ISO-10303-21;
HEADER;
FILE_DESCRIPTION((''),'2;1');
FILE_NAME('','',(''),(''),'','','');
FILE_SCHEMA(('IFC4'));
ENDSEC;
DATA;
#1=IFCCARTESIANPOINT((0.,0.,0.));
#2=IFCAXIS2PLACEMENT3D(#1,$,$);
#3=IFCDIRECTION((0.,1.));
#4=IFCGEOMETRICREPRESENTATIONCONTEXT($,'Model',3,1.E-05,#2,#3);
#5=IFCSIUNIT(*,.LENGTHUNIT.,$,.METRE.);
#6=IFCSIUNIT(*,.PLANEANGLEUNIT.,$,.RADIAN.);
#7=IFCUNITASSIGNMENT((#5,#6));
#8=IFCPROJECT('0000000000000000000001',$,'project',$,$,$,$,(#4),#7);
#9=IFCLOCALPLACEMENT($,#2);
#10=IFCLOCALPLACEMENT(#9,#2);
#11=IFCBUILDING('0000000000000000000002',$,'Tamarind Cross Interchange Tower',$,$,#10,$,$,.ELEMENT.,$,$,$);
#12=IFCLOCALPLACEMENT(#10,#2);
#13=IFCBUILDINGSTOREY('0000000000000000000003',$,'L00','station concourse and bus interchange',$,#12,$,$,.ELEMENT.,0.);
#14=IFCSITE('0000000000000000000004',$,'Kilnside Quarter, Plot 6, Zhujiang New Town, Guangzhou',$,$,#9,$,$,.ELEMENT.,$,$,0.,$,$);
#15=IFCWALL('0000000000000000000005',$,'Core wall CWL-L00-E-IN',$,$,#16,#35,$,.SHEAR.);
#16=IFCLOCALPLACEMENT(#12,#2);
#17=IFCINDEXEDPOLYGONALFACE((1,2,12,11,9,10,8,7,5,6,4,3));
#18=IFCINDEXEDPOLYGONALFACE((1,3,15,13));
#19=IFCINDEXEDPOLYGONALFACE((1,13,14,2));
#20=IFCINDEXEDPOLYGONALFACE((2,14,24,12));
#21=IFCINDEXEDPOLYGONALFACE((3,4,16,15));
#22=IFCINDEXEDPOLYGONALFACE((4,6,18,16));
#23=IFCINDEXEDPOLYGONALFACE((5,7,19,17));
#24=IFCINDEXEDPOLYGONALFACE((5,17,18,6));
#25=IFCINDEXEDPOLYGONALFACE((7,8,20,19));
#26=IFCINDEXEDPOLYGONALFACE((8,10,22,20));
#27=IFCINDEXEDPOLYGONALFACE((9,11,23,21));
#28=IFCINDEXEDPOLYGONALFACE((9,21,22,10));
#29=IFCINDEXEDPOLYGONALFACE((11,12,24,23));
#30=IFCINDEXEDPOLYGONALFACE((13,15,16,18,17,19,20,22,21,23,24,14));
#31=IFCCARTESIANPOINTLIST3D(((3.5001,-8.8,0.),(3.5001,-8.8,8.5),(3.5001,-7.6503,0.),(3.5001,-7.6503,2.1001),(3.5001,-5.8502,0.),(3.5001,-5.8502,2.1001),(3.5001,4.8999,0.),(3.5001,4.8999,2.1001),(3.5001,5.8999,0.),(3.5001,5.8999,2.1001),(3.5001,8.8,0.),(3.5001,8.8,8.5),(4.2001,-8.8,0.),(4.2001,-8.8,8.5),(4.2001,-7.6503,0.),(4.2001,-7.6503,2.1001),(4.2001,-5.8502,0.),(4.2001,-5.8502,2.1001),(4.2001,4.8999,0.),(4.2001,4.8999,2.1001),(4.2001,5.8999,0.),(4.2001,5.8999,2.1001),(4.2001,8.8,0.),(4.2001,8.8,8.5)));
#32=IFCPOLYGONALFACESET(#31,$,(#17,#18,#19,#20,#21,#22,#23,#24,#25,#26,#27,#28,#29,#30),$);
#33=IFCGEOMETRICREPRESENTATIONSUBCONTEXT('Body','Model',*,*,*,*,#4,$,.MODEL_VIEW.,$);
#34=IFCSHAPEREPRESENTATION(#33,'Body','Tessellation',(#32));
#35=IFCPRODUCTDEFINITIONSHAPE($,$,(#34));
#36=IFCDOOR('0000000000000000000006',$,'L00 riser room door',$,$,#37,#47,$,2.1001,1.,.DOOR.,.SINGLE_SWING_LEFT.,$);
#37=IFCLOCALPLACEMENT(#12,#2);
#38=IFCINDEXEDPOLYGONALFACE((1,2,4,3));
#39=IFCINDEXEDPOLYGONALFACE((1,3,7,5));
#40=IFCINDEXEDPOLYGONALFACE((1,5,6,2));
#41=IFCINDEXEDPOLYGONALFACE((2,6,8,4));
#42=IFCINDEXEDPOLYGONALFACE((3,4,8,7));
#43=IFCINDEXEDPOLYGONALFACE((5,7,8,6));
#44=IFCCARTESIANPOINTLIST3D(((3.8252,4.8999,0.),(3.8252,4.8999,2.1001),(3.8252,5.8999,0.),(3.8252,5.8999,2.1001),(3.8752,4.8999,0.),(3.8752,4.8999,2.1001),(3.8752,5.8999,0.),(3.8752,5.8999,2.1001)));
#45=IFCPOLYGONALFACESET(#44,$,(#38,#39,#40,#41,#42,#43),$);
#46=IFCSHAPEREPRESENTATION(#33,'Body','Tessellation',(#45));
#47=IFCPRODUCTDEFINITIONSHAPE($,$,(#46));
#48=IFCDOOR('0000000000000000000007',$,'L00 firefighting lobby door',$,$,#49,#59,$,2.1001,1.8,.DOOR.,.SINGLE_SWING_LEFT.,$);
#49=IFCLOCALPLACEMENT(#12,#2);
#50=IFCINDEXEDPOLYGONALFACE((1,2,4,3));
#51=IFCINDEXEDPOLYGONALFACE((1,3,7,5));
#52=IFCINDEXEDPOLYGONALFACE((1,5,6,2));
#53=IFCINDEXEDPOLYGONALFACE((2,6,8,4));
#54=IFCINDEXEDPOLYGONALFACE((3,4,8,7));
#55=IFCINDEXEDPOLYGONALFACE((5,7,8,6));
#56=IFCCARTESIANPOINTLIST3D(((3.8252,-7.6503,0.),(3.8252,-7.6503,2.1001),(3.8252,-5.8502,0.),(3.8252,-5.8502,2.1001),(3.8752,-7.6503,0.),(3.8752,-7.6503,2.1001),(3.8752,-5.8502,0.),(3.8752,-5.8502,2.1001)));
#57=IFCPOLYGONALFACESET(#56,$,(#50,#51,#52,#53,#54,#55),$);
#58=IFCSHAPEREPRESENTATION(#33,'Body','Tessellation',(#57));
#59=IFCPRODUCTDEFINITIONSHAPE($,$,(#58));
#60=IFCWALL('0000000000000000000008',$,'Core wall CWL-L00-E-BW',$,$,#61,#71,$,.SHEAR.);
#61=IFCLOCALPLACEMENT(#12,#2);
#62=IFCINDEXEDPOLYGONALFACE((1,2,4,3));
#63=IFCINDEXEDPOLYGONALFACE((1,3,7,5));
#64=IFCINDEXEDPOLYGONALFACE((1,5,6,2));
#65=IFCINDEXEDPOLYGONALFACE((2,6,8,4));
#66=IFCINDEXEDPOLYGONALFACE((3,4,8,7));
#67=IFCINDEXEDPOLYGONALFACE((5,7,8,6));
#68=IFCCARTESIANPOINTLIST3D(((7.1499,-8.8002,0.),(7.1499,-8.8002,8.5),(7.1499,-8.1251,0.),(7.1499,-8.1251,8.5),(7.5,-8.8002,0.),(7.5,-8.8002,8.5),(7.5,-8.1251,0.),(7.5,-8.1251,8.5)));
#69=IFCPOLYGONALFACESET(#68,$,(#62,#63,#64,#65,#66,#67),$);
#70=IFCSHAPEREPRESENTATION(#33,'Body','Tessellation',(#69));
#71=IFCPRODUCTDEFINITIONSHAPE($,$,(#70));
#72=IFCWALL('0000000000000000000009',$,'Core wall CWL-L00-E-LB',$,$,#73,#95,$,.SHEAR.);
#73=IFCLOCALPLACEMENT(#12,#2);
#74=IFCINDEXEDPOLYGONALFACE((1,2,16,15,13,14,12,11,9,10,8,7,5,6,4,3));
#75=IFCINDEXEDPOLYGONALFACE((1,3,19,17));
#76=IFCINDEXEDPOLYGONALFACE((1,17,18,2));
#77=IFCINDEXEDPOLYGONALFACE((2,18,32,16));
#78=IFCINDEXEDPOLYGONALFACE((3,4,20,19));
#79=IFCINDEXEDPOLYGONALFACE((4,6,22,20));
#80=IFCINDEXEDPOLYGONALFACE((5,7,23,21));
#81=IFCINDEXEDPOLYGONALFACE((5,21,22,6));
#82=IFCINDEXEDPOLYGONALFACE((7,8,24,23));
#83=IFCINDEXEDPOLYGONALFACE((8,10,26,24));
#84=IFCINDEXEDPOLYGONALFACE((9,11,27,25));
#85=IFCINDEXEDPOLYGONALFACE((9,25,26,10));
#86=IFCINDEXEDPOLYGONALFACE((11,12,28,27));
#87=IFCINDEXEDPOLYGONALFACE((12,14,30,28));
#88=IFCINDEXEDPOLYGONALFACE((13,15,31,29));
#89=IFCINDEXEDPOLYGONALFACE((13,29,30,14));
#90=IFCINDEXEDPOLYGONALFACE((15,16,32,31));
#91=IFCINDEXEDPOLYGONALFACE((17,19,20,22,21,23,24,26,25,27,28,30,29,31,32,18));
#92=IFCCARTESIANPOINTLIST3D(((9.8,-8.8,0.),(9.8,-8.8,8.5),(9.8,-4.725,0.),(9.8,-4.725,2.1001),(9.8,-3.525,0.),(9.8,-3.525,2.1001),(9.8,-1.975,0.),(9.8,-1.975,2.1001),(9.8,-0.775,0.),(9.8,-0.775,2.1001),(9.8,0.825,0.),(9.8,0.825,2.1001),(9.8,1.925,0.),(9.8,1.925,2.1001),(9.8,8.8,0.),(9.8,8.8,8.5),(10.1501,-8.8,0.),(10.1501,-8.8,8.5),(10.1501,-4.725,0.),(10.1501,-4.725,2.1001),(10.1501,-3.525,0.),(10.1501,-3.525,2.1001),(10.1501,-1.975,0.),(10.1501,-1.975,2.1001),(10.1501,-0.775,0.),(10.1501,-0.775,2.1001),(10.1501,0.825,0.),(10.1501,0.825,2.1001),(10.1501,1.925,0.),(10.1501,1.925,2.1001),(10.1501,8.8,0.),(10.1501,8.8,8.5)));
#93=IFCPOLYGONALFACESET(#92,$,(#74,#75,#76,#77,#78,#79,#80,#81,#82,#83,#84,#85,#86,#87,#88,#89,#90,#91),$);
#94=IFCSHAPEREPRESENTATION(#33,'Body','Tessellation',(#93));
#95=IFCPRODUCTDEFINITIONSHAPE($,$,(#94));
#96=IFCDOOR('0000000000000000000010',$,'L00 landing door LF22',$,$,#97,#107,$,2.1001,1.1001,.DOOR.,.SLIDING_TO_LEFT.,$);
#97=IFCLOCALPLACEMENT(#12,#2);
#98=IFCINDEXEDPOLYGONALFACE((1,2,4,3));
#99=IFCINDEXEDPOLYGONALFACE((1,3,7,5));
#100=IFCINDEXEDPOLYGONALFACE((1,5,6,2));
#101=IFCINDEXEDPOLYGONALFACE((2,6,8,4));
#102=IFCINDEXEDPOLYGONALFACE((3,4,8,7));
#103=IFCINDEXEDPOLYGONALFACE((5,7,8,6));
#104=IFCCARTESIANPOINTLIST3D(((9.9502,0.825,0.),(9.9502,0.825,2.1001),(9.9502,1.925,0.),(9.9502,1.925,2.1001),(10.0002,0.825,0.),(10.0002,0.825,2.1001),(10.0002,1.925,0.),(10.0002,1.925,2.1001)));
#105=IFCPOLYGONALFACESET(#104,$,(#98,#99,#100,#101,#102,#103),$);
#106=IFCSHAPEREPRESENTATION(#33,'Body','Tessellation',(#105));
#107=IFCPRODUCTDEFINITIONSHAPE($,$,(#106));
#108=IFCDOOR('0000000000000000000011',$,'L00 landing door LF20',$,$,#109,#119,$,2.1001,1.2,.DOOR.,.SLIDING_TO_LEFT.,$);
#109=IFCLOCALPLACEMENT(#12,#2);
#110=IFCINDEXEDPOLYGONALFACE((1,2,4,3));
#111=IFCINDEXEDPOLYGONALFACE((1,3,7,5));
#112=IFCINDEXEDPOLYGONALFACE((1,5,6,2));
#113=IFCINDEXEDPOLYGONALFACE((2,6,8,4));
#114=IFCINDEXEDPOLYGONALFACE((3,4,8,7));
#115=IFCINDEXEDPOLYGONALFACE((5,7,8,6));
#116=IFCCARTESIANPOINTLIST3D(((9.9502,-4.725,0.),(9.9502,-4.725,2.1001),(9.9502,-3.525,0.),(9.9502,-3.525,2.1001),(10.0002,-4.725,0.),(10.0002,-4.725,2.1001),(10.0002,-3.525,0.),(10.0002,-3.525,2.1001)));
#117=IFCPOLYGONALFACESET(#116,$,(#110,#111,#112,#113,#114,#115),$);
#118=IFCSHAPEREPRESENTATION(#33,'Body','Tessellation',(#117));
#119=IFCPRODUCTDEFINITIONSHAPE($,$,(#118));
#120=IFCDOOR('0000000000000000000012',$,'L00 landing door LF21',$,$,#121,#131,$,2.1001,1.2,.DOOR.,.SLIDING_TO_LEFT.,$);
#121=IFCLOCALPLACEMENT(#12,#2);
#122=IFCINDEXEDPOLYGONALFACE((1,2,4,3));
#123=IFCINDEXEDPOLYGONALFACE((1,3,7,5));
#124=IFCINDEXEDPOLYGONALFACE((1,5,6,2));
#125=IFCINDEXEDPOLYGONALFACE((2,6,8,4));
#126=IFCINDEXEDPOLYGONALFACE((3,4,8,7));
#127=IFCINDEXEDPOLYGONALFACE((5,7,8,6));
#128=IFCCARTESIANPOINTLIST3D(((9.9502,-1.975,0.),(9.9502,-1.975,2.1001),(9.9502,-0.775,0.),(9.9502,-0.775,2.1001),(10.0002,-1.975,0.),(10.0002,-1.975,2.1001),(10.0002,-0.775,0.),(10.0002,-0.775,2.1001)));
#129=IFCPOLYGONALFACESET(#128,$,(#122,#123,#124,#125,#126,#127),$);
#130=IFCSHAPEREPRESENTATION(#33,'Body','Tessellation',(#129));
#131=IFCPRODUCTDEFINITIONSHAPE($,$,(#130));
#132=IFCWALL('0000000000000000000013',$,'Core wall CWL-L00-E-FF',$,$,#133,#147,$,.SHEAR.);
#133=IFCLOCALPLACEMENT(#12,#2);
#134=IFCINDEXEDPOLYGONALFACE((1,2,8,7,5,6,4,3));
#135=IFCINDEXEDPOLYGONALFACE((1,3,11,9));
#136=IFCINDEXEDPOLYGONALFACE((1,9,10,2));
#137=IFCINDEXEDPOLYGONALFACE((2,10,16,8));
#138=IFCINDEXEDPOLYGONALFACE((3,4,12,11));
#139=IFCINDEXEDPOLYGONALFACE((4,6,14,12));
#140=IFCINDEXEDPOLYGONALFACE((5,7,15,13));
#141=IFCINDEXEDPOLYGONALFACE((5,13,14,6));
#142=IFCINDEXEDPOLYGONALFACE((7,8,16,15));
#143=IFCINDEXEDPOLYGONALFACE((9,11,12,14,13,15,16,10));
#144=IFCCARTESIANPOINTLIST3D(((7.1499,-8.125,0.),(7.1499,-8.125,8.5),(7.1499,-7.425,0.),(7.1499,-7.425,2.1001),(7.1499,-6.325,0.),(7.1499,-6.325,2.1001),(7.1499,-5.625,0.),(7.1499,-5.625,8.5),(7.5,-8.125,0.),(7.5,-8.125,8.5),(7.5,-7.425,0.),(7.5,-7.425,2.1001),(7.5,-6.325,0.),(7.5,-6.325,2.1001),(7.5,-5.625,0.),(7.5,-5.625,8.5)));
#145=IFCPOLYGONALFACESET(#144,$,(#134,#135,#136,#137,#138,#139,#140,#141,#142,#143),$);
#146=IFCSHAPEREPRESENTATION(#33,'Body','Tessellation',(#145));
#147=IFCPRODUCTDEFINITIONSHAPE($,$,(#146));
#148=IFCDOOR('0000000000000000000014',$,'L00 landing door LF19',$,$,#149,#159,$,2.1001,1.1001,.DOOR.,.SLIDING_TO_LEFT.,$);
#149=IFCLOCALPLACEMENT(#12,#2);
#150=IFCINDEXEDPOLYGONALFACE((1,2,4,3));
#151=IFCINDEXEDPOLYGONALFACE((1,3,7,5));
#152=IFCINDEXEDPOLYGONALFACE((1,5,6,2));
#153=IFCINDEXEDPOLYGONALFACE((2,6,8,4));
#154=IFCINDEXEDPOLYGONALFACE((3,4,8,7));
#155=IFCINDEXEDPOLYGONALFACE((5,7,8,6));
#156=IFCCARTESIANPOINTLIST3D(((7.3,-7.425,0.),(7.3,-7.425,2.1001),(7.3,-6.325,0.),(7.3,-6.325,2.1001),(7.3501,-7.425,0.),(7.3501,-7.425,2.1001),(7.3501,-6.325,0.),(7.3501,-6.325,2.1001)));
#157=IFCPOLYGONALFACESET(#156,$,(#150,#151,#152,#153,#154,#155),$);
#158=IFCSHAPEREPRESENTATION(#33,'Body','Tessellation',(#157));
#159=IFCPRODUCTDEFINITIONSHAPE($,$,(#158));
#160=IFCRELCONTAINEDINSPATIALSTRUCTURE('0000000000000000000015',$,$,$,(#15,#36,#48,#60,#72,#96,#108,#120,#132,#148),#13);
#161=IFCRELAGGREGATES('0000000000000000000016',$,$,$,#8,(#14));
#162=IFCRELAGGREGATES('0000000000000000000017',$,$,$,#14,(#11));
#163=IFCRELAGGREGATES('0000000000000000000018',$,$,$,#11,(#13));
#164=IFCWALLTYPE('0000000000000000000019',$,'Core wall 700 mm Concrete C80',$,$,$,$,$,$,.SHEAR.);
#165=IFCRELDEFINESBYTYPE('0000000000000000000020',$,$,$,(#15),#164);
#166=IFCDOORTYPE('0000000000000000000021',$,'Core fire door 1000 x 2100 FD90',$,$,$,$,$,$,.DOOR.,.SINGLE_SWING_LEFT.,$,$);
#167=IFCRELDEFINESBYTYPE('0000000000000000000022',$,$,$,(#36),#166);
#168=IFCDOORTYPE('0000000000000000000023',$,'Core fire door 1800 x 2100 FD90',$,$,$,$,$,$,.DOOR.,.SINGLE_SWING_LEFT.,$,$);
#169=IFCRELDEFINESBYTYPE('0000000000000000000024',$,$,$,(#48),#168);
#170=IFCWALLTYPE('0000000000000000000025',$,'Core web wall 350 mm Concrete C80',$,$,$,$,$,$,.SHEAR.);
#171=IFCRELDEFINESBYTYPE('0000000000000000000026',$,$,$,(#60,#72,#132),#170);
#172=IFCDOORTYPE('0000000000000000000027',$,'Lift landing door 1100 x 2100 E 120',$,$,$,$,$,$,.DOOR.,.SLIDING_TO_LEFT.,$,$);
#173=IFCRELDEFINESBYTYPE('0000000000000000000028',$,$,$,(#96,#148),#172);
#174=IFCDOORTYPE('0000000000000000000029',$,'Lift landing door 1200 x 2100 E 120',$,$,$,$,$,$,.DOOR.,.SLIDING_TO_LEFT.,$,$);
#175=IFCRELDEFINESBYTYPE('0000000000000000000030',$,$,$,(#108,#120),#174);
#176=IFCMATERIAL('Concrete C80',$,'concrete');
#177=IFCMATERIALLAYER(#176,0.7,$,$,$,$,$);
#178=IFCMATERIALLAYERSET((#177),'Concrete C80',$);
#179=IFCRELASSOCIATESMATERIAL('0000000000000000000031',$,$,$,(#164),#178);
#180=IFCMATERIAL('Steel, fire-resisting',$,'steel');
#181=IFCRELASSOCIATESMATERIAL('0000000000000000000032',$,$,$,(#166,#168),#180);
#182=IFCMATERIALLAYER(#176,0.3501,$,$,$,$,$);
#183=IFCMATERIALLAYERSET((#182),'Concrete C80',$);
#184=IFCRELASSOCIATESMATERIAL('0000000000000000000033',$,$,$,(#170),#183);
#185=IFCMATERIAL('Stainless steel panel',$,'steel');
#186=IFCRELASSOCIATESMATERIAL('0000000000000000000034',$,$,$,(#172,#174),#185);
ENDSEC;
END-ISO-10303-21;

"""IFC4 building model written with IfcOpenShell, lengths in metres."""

from ifc_helpers import new_model, si_unit, direction, frame, frame_2d, origin, place, context, subcontext, project, spatial, rectangle, extrude, material, layer, layer_set, type_object, element, fill, save


model = new_model("IFC4")

# Units and contexts
model_context = context("Model", 3, precision=1e-05, world=origin(), true_north=direction((0.0, 1.0)))
body_context = subcontext(model_context, "Body", "Model", "MODEL_VIEW")
ifc_project = project(units=[si_unit("LENGTHUNIT", "METRE"), si_unit("PLANEANGLEUNIT", "RADIAN")], contexts=[model_context])

# Site, building, storey
site_placement = place(None, origin())
site = spatial("IfcSite", under=ifc_project, at=site_placement, Name="Kilnside Quarter, Plot 6, Zhujiang New Town, Guangzhou", CompositionType="ELEMENT", RefElevation=0.0)
building_placement = place(site_placement, origin())
building = spatial("IfcBuilding", under=site, at=building_placement, Name="Tamarind Cross Interchange Tower", CompositionType="ELEMENT")
storey_placement = place(building_placement, origin())
storey = spatial("IfcBuildingStorey", under=building, at=storey_placement, Name="L00", Description="station concourse and bus interchange", CompositionType="ELEMENT", Elevation=0.0)

# Wall, openings, doors
ifc_material_1 = material(Name="Concrete C80", Category="concrete")
ifc_layer_1 = layer(ifc_material_1, 0.7)
ifc_layer_set_1 = layer_set([ifc_layer_1], Name="Concrete C80")
wall_type_1 = type_object("IfcWallType", Name="Core wall 700 mm Concrete C80", PredefinedType="SHEAR", material=ifc_layer_set_1)
wall_1_placement = place(storey_placement, frame((3.8501, -8.8, 0.0), z_axis=(0.0, 0.0, 1.0), x_axis=(0.0, 1.0, 0.0)))
wall_1 = element("IfcWall", 1, at=wall_1_placement, inside=storey, type_object=wall_type_1, Name="Core wall CWL-L00-E-IN", PredefinedType="SHEAR", context=body_context, shape_type="SweptSolid", body=[
    extrude(rectangle(XDim=17.6001, YDim=0.7, at=frame_2d((8.8, 0.0))), origin(), (0.0, 0.0, 1.0), 8.5),
])
opening_1_placement = place(wall_1_placement, frame((1.1499, 0.0, 0.0)))
opening_1 = element("IfcOpeningElement", 2, at=opening_1_placement, cuts=wall_1, PredefinedType="OPENING", context=body_context, shape_type="SweptSolid", body=[
    extrude(rectangle(XDim=1.8, YDim=2.1001, at=frame_2d((0.8999, 1.05))), frame((0.0, 0.3599, 0.0), z_axis=(0.0, -1.0, 0.0), x_axis=(1.0, 0.0, 0.0)), (0.0, 0.0, 1.0), 0.72),
])
opening_2_placement = place(wall_1_placement, frame((13.7, 0.0, 0.0)))
opening_2 = element("IfcOpeningElement", 3, at=opening_2_placement, cuts=wall_1, PredefinedType="OPENING", context=body_context, shape_type="SweptSolid", body=[
    extrude(rectangle(XDim=1.0, YDim=2.1001, at=frame_2d((0.5, 1.05))), frame((0.0, 0.3599, 0.0), z_axis=(0.0, -1.0, 0.0), x_axis=(1.0, 0.0, 0.0)), (0.0, 0.0, 1.0), 0.72),
])
ifc_material_2 = material(Name="Steel, fire-resisting", Category="steel")
door_type_1 = type_object("IfcDoorType", Name="Core fire door 1000 x 2100 FD90", OperationType="SINGLE_SWING_LEFT", PredefinedType="DOOR", material=ifc_material_2)
door_1_placement = place(opening_2_placement, origin())
door_1 = element("IfcDoor", 4, at=door_1_placement, inside=storey, type_object=door_type_1, Name="L00 riser room door", OperationType="SINGLE_SWING_LEFT", OverallHeight=2.1001, OverallWidth=1.0, PredefinedType="DOOR", context=body_context, shape_type="SweptSolid", body=[
    extrude(rectangle(XDim=1.0, YDim=2.1001, at=frame_2d((0.5, 1.05))), frame((0.0, 0.0249, 0.0), z_axis=(0.0, -1.0, 0.0), x_axis=(1.0, 0.0, 0.0)), (0.0, 0.0, 1.0), 0.05),
])
fill(opening_2, door_1)
door_type_2 = type_object("IfcDoorType", Name="Core fire door 1800 x 2100 FD90", OperationType="SINGLE_SWING_LEFT", PredefinedType="DOOR", material=ifc_material_2)
door_2_placement = place(opening_1_placement, origin())
door_2 = element("IfcDoor", 5, at=door_2_placement, inside=storey, type_object=door_type_2, Name="L00 firefighting lobby door", OperationType="SINGLE_SWING_LEFT", OverallHeight=2.1001, OverallWidth=1.8, PredefinedType="DOOR", context=body_context, shape_type="SweptSolid", body=[
    extrude(rectangle(XDim=1.8, YDim=2.1001, at=frame_2d((0.8999, 1.05))), frame((0.0, 0.0249, 0.0), z_axis=(0.0, -1.0, 0.0), x_axis=(1.0, 0.0, 0.0)), (0.0, 0.0, 1.0), 0.05),
])
fill(opening_1, door_2)

# Wall
ifc_layer_2 = layer(ifc_material_1, 0.3501)
ifc_layer_set_2 = layer_set([ifc_layer_2], Name="Concrete C80")
wall_type_2 = type_object("IfcWallType", Name="Core web wall 350 mm Concrete C80", PredefinedType="SHEAR", material=ifc_layer_set_2)
wall_2_placement = place(storey_placement, frame((7.325, -8.8, 0.0), z_axis=(0.0, 0.0, 1.0), x_axis=(0.0, 1.0, 0.0)))
element("IfcWall", 6, at=wall_2_placement, inside=storey, type_object=wall_type_2, Name="Core wall CWL-L00-E-BW", PredefinedType="SHEAR", context=body_context, shape_type="SweptSolid", body=[
    extrude(rectangle(XDim=0.675, YDim=0.3501, at=frame_2d((0.3374, 0.0))), origin(), (0.0, 0.0, 1.0), 8.5),
])

# Wall, openings, doors
wall_3_placement = place(storey_placement, frame((9.9751, -8.8, 0.0), z_axis=(0.0, 0.0, 1.0), x_axis=(0.0, 1.0, 0.0)))
wall_3 = element("IfcWall", 7, at=wall_3_placement, inside=storey, type_object=wall_type_2, Name="Core wall CWL-L00-E-LB", PredefinedType="SHEAR", context=body_context, shape_type="SweptSolid", body=[
    extrude(rectangle(XDim=17.6001, YDim=0.3501, at=frame_2d((8.8, 0.0))), origin(), (0.0, 0.0, 1.0), 8.5),
])
opening_3_placement = place(wall_3_placement, frame((4.075, 0.0, 0.0)))
opening_3 = element("IfcOpeningElement", 8, at=opening_3_placement, cuts=wall_3, PredefinedType="OPENING", context=body_context, shape_type="SweptSolid", body=[
    extrude(rectangle(XDim=1.2, YDim=2.1001, at=frame_2d((0.6001, 1.05))), frame((0.0, 0.1851, 0.0), z_axis=(0.0, -1.0, 0.0), x_axis=(1.0, 0.0, 0.0)), (0.0, 0.0, 1.0), 0.3701),
])
opening_4_placement = place(wall_3_placement, frame((6.825, 0.0, 0.0)))
opening_4 = element("IfcOpeningElement", 9, at=opening_4_placement, cuts=wall_3, PredefinedType="OPENING", context=body_context, shape_type="SweptSolid", body=[
    extrude(rectangle(XDim=1.2, YDim=2.1001, at=frame_2d((0.6001, 1.05))), frame((0.0, 0.1851, 0.0), z_axis=(0.0, -1.0, 0.0), x_axis=(1.0, 0.0, 0.0)), (0.0, 0.0, 1.0), 0.3701),
])
opening_5_placement = place(wall_3_placement, frame((9.625, 0.0, 0.0)))
opening_5 = element("IfcOpeningElement", 10, at=opening_5_placement, cuts=wall_3, PredefinedType="OPENING", context=body_context, shape_type="SweptSolid", body=[
    extrude(rectangle(XDim=1.1001, YDim=2.1001, at=frame_2d((0.55, 1.05))), frame((0.0, 0.1851, 0.0), z_axis=(0.0, -1.0, 0.0), x_axis=(1.0, 0.0, 0.0)), (0.0, 0.0, 1.0), 0.3701),
])
ifc_material_3 = material(Name="Stainless steel panel", Category="steel")
door_type_3 = type_object("IfcDoorType", Name="Lift landing door 1100 x 2100 E 120", OperationType="SLIDING_TO_LEFT", PredefinedType="DOOR", material=ifc_material_3)
door_3_placement = place(opening_5_placement, origin())
door_3 = element("IfcDoor", 11, at=door_3_placement, inside=storey, type_object=door_type_3, Name="L00 landing door LF22", OperationType="SLIDING_TO_LEFT", OverallHeight=2.1001, OverallWidth=1.1001, PredefinedType="DOOR", context=body_context, shape_type="SweptSolid", body=[
    extrude(rectangle(XDim=1.1001, YDim=2.1001, at=frame_2d((0.55, 1.05))), frame((0.0, 0.0249, 0.0), z_axis=(0.0, -1.0, 0.0), x_axis=(1.0, 0.0, 0.0)), (0.0, 0.0, 1.0), 0.05),
])
fill(opening_5, door_3)
door_type_4 = type_object("IfcDoorType", Name="Lift landing door 1200 x 2100 E 120", OperationType="SLIDING_TO_LEFT", PredefinedType="DOOR", material=ifc_material_3)
door_4_placement = place(opening_3_placement, origin())
door_4 = element("IfcDoor", 12, at=door_4_placement, inside=storey, type_object=door_type_4, Name="L00 landing door LF20", OperationType="SLIDING_TO_LEFT", OverallHeight=2.1001, OverallWidth=1.2, PredefinedType="DOOR", context=body_context, shape_type="SweptSolid", body=[
    extrude(rectangle(XDim=1.2, YDim=2.1001, at=frame_2d((0.6001, 1.05))), frame((0.0, 0.0249, 0.0), z_axis=(0.0, -1.0, 0.0), x_axis=(1.0, 0.0, 0.0)), (0.0, 0.0, 1.0), 0.05),
])
fill(opening_3, door_4)
door_5_placement = place(opening_4_placement, origin())
door_5 = element("IfcDoor", 13, at=door_5_placement, inside=storey, type_object=door_type_4, Name="L00 landing door LF21", OperationType="SLIDING_TO_LEFT", OverallHeight=2.1001, OverallWidth=1.2, PredefinedType="DOOR", context=body_context, shape_type="SweptSolid", body=[
    extrude(rectangle(XDim=1.2, YDim=2.1001, at=frame_2d((0.6001, 1.05))), frame((0.0, 0.0249, 0.0), z_axis=(0.0, -1.0, 0.0), x_axis=(1.0, 0.0, 0.0)), (0.0, 0.0, 1.0), 0.05),
])
fill(opening_4, door_5)

# Wall, opening, door
wall_4_placement = place(storey_placement, frame((7.325, -8.125, 0.0), z_axis=(0.0, 0.0, 1.0), x_axis=(0.0, 1.0, 0.0)))
wall_4 = element("IfcWall", 14, at=wall_4_placement, inside=storey, type_object=wall_type_2, Name="Core wall CWL-L00-E-FF", PredefinedType="SHEAR", context=body_context, shape_type="SweptSolid", body=[
    extrude(rectangle(XDim=2.5, YDim=0.3501, at=frame_2d((1.25, 0.0))), origin(), (0.0, 0.0, 1.0), 8.5),
])
opening_6_placement = place(wall_4_placement, frame((0.7, 0.0, 0.0)))
opening_6 = element("IfcOpeningElement", 15, at=opening_6_placement, cuts=wall_4, PredefinedType="OPENING", context=body_context, shape_type="SweptSolid", body=[
    extrude(rectangle(XDim=1.1001, YDim=2.1001, at=frame_2d((0.55, 1.05))), frame((0.0, 0.1851, 0.0), z_axis=(0.0, -1.0, 0.0), x_axis=(1.0, 0.0, 0.0)), (0.0, 0.0, 1.0), 0.3701),
])
door_6_placement = place(opening_6_placement, origin())
door_6 = element("IfcDoor", 16, at=door_6_placement, inside=storey, type_object=door_type_3, Name="L00 landing door LF19", OperationType="SLIDING_TO_LEFT", OverallHeight=2.1001, OverallWidth=1.1001, PredefinedType="DOOR", context=body_context, shape_type="SweptSolid", body=[
    extrude(rectangle(XDim=1.1001, YDim=2.1001, at=frame_2d((0.55, 1.05))), frame((0.0, 0.0249, 0.0), z_axis=(0.0, -1.0, 0.0), x_axis=(1.0, 0.0, 0.0)), (0.0, 0.0, 1.0), 0.05),
])
fill(opening_6, door_6)

save(model, "model.ifc")
